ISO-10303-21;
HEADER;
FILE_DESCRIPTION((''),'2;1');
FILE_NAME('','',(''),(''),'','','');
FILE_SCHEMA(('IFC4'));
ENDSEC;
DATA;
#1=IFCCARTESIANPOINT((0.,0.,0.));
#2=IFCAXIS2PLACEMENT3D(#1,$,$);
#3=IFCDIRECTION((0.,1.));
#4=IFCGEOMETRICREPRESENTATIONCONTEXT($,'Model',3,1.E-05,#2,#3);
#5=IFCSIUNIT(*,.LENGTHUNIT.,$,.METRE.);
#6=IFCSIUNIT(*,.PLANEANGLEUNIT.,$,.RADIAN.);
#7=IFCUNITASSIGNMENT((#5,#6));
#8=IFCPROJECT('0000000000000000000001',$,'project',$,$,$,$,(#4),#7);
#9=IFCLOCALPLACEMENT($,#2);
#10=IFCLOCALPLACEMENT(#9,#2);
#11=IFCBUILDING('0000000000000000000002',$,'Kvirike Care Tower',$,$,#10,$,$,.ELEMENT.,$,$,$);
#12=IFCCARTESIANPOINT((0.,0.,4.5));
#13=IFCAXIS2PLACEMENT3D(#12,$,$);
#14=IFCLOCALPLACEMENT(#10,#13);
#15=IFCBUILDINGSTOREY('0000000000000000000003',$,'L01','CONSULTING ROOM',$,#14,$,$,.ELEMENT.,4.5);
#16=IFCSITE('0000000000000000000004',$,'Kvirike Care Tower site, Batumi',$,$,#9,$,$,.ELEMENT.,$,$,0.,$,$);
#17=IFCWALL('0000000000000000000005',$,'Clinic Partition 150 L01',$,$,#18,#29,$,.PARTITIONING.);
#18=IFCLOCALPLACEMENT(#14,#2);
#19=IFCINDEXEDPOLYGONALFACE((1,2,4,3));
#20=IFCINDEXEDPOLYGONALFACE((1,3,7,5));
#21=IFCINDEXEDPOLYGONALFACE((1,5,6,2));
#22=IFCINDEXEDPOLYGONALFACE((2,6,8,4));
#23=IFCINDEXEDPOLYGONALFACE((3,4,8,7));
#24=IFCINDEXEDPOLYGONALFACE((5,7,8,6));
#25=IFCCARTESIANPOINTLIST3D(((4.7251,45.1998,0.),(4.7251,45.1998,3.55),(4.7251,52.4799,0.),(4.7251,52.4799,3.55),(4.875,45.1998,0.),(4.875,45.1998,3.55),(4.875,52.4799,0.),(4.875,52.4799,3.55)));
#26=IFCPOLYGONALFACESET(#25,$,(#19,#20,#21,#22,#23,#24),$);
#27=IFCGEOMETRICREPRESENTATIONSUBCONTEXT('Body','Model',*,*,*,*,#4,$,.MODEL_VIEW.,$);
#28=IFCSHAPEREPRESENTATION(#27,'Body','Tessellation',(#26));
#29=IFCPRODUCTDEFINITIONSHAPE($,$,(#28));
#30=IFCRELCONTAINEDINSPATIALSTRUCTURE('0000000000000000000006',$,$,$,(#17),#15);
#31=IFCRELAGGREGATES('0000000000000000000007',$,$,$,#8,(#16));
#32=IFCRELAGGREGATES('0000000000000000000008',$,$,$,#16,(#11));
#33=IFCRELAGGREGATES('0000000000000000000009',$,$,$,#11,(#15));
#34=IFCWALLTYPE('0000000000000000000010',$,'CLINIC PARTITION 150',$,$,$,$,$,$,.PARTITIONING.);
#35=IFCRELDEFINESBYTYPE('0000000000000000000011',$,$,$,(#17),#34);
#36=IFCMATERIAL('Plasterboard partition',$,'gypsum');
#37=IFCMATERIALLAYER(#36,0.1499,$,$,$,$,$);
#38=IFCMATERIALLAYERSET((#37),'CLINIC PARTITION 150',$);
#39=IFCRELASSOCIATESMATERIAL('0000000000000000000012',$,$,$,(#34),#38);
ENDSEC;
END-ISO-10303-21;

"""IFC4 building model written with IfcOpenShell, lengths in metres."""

from ifc_helpers import new_model, si_unit, direction, frame, frame_2d, origin, place, context, subcontext, project, spatial, rectangle, extrude, material, layer, layer_set, type_object, element, save


model = new_model("IFC4")

# Units and contexts
model_context = context("Model", 3, precision=1e-05, world=origin(), true_north=direction((0.0, 1.0)))
body_context = subcontext(model_context, "Body", "Model", "MODEL_VIEW")
ifc_project = project(units=[si_unit("LENGTHUNIT", "METRE"), si_unit("PLANEANGLEUNIT", "RADIAN")], contexts=[model_context])

# Site, building, storey
site_placement = place(None, origin())
site = spatial("IfcSite", under=ifc_project, at=site_placement, Name="Kvirike Care Tower site, Batumi", CompositionType="ELEMENT", RefElevation=0.0)
building_placement = place(site_placement, origin())
building = spatial("IfcBuilding", under=site, at=building_placement, Name="Kvirike Care Tower", CompositionType="ELEMENT")
storey_placement = place(building_placement, frame((0.0, 0.0, 4.5)))
storey = spatial("IfcBuildingStorey", under=building, at=storey_placement, Name="L01", Description="CONSULTING ROOM", CompositionType="ELEMENT", Elevation=4.5)

# Wall
ifc_material_1 = material(Name="Plasterboard partition", Category="gypsum")
ifc_layer_1 = layer(ifc_material_1, 0.1499)
ifc_layer_set_1 = layer_set([ifc_layer_1], Name="CLINIC PARTITION 150")
wall_type = type_object("IfcWallType", Name="CLINIC PARTITION 150", PredefinedType="PARTITIONING", material=ifc_layer_set_1)
wall_placement = place(storey_placement, frame((4.8, 52.48, 0.0), z_axis=(0.0, 0.0, 1.0), x_axis=(0.0, -1.0, 0.0)))
element("IfcWall", 1, at=wall_placement, inside=storey, type_object=wall_type, Name="Clinic Partition 150 L01", PredefinedType="PARTITIONING", context=body_context, shape_type="SweptSolid", body=[
    extrude(rectangle(XDim=7.28, YDim=0.1499, at=frame_2d((3.6401, 0.0))), origin(), (0.0, 0.0, 1.0), 3.55),
])

save(model, "model.ifc")
